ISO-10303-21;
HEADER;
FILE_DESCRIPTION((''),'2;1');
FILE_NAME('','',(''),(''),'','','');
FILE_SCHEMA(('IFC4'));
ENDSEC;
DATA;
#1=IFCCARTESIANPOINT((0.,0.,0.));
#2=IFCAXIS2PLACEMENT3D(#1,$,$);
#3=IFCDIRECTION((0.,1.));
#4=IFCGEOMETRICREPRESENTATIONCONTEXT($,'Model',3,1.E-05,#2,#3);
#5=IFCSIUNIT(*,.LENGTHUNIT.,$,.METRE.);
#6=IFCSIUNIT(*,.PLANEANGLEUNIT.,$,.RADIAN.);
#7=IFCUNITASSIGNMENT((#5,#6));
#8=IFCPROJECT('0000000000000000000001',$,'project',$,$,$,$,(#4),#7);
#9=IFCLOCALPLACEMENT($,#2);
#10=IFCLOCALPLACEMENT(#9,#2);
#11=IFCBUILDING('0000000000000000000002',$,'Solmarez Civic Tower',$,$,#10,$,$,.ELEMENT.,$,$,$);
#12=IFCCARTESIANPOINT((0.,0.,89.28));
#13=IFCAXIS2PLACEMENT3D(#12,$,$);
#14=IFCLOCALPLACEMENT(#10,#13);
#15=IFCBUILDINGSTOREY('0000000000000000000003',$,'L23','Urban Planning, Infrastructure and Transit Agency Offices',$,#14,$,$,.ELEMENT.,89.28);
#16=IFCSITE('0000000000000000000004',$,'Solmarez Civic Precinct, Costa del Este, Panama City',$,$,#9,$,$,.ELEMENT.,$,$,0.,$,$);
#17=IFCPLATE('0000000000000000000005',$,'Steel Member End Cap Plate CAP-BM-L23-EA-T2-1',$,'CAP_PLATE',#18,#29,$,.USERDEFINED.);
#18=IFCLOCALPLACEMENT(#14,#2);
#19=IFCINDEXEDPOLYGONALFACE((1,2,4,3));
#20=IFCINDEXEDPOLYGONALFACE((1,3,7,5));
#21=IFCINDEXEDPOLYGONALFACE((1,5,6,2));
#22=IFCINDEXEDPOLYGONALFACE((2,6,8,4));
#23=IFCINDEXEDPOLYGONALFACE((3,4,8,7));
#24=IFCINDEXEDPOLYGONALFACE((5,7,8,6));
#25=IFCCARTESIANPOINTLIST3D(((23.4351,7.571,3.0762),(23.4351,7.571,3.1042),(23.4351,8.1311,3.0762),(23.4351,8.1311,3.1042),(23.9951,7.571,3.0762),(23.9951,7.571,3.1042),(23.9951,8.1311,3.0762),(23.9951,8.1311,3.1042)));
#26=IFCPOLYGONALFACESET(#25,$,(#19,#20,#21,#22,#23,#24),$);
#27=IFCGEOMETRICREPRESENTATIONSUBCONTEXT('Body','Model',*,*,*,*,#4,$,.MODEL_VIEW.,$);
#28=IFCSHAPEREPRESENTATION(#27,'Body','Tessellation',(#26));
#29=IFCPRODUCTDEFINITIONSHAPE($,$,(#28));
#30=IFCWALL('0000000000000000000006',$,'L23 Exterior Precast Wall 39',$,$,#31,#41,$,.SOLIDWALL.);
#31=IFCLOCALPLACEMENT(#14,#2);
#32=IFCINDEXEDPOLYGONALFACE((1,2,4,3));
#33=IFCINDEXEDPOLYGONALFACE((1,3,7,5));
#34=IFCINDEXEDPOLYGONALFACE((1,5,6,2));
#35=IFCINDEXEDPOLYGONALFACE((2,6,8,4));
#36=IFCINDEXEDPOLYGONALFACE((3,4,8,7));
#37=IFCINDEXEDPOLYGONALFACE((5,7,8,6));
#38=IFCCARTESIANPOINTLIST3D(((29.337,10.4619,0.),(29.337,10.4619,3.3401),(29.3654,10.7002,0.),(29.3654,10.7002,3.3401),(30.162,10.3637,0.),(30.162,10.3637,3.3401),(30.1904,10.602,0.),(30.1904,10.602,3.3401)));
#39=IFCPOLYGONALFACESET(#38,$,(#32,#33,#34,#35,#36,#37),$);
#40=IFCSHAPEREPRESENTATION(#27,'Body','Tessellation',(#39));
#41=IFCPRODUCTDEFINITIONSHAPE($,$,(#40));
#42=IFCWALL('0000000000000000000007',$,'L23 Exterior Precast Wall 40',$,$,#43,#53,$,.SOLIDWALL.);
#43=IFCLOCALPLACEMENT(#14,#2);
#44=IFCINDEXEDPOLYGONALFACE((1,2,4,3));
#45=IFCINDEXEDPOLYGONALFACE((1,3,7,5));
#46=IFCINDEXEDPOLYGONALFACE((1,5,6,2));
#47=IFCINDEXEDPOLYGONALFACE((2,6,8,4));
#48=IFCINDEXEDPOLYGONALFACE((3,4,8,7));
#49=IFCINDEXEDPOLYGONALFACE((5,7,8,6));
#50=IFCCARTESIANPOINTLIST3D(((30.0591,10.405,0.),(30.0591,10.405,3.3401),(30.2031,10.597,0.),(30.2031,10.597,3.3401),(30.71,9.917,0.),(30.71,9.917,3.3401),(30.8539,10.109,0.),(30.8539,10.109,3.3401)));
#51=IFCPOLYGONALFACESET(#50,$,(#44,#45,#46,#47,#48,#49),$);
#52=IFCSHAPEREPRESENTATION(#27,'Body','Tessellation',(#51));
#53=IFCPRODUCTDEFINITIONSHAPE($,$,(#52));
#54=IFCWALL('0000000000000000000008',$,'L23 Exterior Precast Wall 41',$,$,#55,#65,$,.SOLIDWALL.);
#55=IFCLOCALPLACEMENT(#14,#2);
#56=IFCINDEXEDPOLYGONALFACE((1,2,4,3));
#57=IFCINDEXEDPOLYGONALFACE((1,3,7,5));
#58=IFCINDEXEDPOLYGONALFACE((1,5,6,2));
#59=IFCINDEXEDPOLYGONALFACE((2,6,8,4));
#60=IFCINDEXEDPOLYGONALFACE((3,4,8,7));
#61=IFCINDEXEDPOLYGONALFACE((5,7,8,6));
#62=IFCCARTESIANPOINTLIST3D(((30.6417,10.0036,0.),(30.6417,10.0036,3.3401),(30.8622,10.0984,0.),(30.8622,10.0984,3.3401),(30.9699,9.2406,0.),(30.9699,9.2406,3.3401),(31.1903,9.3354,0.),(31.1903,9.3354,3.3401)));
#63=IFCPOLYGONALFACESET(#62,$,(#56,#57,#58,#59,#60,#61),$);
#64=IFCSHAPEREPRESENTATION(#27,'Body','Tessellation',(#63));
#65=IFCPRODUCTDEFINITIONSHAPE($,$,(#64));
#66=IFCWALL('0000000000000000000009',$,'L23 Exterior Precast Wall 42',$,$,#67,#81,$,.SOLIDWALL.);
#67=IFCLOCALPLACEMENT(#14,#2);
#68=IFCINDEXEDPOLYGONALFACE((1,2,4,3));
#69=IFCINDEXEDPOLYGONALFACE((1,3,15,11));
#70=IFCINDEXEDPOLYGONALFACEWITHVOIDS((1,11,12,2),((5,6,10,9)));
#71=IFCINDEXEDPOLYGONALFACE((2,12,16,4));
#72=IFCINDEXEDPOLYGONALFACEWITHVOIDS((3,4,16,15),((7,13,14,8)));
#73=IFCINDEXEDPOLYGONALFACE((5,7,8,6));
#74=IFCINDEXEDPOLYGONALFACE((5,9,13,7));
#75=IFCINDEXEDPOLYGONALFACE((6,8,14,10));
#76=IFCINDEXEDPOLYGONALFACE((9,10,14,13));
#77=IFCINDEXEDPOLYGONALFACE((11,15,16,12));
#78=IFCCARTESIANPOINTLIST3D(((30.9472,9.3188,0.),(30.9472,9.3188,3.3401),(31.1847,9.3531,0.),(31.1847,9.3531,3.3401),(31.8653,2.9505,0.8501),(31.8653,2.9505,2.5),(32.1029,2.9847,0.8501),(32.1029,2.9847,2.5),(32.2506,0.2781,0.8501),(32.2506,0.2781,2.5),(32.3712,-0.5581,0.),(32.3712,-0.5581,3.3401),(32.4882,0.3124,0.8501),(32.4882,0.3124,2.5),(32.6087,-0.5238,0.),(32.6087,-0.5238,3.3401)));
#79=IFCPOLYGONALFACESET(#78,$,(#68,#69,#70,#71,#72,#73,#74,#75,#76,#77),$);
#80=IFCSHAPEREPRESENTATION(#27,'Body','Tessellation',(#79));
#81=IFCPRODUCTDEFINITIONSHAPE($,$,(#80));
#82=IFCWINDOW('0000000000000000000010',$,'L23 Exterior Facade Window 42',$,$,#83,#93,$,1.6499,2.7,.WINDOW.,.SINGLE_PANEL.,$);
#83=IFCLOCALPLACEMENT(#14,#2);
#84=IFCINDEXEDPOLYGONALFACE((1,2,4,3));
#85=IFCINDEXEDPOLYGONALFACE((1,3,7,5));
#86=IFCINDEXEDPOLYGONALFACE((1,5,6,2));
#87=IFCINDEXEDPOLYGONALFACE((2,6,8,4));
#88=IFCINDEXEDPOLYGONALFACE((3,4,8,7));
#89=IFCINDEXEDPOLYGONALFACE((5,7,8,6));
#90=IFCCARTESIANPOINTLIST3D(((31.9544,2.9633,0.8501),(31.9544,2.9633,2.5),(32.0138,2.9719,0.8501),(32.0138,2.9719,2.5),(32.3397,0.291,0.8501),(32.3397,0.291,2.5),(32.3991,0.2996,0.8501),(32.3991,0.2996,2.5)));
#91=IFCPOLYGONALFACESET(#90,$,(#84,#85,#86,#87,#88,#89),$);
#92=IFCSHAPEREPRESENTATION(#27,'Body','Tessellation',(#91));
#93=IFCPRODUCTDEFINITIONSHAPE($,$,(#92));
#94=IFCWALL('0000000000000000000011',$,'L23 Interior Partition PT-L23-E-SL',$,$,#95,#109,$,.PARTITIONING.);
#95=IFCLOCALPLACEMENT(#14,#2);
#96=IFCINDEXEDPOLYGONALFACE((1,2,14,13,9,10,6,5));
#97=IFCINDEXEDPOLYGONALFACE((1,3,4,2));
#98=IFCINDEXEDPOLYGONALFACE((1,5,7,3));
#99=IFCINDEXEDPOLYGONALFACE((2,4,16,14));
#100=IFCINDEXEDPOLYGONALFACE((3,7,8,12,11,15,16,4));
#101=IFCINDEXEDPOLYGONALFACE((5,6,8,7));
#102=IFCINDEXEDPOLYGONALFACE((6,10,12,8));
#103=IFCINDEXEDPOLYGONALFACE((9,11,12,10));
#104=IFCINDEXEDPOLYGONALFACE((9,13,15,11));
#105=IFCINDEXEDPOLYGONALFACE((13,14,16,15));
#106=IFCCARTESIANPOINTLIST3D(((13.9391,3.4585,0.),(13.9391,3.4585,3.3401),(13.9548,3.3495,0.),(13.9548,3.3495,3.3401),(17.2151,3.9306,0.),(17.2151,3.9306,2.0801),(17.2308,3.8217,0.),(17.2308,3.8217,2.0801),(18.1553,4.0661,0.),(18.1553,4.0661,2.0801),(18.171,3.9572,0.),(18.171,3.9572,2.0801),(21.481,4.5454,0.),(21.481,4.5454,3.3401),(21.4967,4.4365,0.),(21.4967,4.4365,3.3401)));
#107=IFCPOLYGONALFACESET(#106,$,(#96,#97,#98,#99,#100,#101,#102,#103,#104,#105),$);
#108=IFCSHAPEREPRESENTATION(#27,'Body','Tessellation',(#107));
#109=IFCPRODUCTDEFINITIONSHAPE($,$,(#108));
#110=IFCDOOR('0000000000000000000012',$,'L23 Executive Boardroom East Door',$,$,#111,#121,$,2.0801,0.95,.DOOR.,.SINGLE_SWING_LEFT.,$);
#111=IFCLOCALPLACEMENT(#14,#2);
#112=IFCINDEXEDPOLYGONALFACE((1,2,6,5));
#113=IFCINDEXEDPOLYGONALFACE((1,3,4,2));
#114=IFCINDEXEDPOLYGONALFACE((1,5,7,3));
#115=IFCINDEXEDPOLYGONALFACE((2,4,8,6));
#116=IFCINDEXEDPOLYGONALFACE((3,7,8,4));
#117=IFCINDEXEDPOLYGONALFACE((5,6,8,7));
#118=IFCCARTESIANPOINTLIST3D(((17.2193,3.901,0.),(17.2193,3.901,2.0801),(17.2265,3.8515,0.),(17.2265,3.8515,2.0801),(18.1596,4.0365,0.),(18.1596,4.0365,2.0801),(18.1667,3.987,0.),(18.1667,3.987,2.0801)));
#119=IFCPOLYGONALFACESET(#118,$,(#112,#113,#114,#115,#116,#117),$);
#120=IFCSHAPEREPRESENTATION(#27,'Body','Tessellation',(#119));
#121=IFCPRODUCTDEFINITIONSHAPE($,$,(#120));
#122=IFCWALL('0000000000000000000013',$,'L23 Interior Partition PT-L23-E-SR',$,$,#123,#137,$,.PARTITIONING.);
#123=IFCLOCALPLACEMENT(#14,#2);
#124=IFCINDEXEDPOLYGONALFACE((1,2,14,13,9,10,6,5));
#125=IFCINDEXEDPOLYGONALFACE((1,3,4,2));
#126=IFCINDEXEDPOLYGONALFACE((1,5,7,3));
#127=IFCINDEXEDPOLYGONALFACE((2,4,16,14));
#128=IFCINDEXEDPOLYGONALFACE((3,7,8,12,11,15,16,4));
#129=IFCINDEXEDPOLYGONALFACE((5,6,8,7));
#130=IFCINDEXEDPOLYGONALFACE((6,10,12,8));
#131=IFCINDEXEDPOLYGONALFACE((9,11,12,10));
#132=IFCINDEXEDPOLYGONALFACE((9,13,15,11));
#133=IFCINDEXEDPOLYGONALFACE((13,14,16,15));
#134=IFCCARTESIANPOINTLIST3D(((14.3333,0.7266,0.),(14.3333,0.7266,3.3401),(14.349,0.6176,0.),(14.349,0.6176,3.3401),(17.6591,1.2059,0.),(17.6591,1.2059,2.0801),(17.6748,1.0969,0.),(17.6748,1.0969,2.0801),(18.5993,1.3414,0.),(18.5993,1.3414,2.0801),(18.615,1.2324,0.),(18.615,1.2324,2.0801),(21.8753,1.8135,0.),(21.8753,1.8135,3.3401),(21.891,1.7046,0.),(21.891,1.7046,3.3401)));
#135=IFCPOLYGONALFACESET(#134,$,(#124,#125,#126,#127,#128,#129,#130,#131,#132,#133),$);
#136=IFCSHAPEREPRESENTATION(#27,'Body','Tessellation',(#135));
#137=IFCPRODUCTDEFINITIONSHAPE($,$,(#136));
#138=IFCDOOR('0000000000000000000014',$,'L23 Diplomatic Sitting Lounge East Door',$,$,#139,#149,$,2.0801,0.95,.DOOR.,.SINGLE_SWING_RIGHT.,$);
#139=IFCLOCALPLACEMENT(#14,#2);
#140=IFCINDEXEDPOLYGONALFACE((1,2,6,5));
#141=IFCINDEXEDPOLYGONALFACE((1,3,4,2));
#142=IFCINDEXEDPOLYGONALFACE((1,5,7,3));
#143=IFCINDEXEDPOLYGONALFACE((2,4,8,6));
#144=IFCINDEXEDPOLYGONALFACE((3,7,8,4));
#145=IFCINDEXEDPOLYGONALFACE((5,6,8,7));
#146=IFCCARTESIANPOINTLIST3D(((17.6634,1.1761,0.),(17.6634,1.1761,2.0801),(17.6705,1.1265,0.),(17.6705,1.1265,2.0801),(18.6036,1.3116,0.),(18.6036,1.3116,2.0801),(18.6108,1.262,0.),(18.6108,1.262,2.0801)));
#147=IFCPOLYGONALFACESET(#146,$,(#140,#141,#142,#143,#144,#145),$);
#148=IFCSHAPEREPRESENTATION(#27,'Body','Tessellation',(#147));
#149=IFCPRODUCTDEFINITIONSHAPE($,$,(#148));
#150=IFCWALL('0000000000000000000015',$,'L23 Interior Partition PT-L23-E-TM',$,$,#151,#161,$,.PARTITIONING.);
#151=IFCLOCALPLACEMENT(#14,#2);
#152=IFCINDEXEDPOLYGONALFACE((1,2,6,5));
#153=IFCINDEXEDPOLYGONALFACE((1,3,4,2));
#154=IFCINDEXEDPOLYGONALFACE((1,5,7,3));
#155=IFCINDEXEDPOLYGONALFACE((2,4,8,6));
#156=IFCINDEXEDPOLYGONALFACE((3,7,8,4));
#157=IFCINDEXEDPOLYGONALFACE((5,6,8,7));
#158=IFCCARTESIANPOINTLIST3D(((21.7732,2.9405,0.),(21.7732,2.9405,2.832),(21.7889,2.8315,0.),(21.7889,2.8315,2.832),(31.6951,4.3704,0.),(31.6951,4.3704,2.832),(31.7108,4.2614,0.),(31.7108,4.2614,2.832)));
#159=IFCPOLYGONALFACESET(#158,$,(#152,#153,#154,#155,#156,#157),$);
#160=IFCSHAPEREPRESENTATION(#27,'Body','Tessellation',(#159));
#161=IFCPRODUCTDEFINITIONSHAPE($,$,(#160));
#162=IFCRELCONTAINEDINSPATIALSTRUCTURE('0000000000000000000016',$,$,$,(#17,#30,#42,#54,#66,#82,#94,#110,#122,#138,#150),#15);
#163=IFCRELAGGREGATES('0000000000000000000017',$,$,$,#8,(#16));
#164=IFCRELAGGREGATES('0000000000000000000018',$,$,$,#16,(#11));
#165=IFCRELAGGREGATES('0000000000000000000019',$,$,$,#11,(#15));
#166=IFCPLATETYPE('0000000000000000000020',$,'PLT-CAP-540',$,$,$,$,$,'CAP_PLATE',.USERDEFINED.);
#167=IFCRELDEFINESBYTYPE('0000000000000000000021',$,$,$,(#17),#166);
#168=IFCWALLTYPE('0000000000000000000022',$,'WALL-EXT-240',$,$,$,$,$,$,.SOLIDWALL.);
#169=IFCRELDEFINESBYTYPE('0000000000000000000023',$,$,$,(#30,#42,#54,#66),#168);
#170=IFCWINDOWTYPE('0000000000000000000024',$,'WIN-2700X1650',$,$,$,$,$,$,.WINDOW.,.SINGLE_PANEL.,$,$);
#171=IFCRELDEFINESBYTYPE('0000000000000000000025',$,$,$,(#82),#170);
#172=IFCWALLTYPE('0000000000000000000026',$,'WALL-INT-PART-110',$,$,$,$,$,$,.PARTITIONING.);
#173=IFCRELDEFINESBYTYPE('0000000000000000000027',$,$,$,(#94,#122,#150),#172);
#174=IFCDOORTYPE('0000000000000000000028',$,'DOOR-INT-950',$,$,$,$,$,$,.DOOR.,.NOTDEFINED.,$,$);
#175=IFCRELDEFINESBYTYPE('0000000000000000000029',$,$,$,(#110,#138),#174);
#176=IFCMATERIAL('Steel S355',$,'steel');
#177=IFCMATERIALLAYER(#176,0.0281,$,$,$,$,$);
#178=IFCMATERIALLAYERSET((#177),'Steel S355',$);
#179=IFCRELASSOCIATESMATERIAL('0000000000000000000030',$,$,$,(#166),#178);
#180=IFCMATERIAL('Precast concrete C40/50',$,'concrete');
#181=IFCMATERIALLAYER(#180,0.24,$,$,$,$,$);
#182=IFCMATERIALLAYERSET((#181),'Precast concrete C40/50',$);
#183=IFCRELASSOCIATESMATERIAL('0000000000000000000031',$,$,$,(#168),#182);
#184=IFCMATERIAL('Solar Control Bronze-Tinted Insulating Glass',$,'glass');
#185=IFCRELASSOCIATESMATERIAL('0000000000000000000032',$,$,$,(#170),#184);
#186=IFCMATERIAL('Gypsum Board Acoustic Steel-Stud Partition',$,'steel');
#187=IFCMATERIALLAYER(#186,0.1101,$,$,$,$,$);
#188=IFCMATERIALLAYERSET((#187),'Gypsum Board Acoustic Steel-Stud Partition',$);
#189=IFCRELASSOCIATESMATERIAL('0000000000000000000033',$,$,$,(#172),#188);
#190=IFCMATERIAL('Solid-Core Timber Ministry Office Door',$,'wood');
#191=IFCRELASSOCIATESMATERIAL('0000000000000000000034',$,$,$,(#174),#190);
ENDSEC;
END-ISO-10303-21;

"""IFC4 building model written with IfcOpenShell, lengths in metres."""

from ifc_helpers import new_model, si_unit, direction, frame, frame_2d, origin, origin_2d, place, context, subcontext, project, spatial, rectangle, extrude, material, layer, layer_set, type_object, element, fill, save


model = new_model("IFC4")

# Units and contexts
model_context = context("Model", 3, precision=1e-05, world=origin(), true_north=direction((0.0, 1.0)))
body_context = subcontext(model_context, "Body", "Model", "MODEL_VIEW")
ifc_project = project(units=[si_unit("LENGTHUNIT", "METRE"), si_unit("PLANEANGLEUNIT", "RADIAN")], contexts=[model_context])

# Site, building, storey
site_placement = place(None, origin())
site = spatial("IfcSite", under=ifc_project, at=site_placement, Name="Solmarez Civic Precinct, Costa del Este, Panama City", CompositionType="ELEMENT", RefElevation=0.0)
building_placement = place(site_placement, origin())
building = spatial("IfcBuilding", under=site, at=building_placement, Name="Solmarez Civic Tower", CompositionType="ELEMENT")
storey_placement = place(building_placement, frame((0.0, 0.0, 89.28)))
storey = spatial("IfcBuildingStorey", under=building, at=storey_placement, Name="L23", Description="Urban Planning, Infrastructure and Transit Agency Offices", CompositionType="ELEMENT", Elevation=89.28)

# Shared definitions
ifc_material_1 = material(Name="Steel S355", Category="steel")

# Plate
ifc_layer_1 = layer(ifc_material_1, 0.0281)
ifc_layer_set_1 = layer_set([ifc_layer_1], Name="Steel S355")
plate_type_1 = type_object("IfcPlateType", Name="PLT-CAP-540", ElementType="CAP_PLATE", PredefinedType="USERDEFINED", material=ifc_layer_set_1)
plate_placement = place(storey_placement, frame((23.7151, 7.8511, 3.0762), z_axis=(0.0, 0.0, 1.0), x_axis=(1.0, 0.0, 0.0)))
element("IfcPlate", 1, at=plate_placement, inside=storey, type_object=plate_type_1, Name="Steel Member End Cap Plate CAP-BM-L23-EA-T2-1", ObjectType="CAP_PLATE", PredefinedType="USERDEFINED", context=body_context, shape_type="SweptSolid", body=[
    extrude(rectangle(XDim=0.5601, YDim=0.5601, at=origin_2d()), origin(), (0.0, 0.0, 1.0), 0.0281),
])

# Walls
ifc_material_2 = material(Name="Precast concrete C40/50", Category="concrete")
ifc_layer_2 = layer(ifc_material_2, 0.24)
ifc_layer_set_2 = layer_set([ifc_layer_2], Name="Precast concrete C40/50")
wall_type_1 = type_object("IfcWallType", Name="WALL-EXT-240", PredefinedType="SOLIDWALL", material=ifc_layer_set_2)
wall_1_placement = place(storey_placement, frame((29.3511, 10.5811, 0.0), z_axis=(0.0, 0.0, 1.0), x_axis=(0.992997, -0.118137, 0.0)))
element("IfcWall", 2, at=wall_1_placement, inside=storey, type_object=wall_type_1, Name="L23 Exterior Precast Wall 39", PredefinedType="SOLIDWALL", context=body_context, shape_type="SweptSolid", body=[
    extrude(rectangle(XDim=0.8308, YDim=0.24, at=frame_2d((0.4155, 0.0))), origin(), (0.0, 0.0, 1.0), 3.3401),
])
wall_2_placement = place(storey_placement, frame((30.1311, 10.501, 0.0), z_axis=(0.0, 0.0, 1.0), x_axis=(0.800072, -0.599904, 0.0)))
element("IfcWall", 3, at=wall_2_placement, inside=storey, type_object=wall_type_1, Name="L23 Exterior Precast Wall 40", PredefinedType="SOLIDWALL", context=body_context, shape_type="SweptSolid", body=[
    extrude(rectangle(XDim=0.8135, YDim=0.24, at=frame_2d((0.4067, 0.0))), origin(), (0.0, 0.0, 1.0), 3.3401),
])
wall_3_placement = place(storey_placement, frame((30.752, 10.051, 0.0), z_axis=(0.0, 0.0, 1.0), x_axis=(0.39509, -0.918643, 0.0)))
element("IfcWall", 4, at=wall_3_placement, inside=storey, type_object=wall_type_1, Name="L23 Exterior Precast Wall 41", PredefinedType="SOLIDWALL", context=body_context, shape_type="SweptSolid", body=[
    extrude(rectangle(XDim=0.8306, YDim=0.24, at=frame_2d((0.4153, 0.0))), origin(), (0.0, 0.0, 1.0), 3.3401),
])

# Wall, opening, window
wall_4_placement = place(storey_placement, frame((31.0659, 9.3359, 0.0), z_axis=(0.0, 0.0, 1.0), x_axis=(0.142706, -0.989765, 0.0)))
wall_4 = element("IfcWall", 5, at=wall_4_placement, inside=storey, type_object=wall_type_1, Name="L23 Exterior Precast Wall 42", PredefinedType="SOLIDWALL", context=body_context, shape_type="SweptSolid", body=[
    extrude(rectangle(XDim=9.979, YDim=0.24, at=frame_2d((4.9895, 0.0))), origin(), (0.0, 0.0, 1.0), 3.3401),
])
opening_1_placement = place(wall_4_placement, frame((6.4341, 0.0, 0.8501)))
opening_1 = element("IfcOpeningElement", 6, at=opening_1_placement, cuts=wall_4, PredefinedType="OPENING", context=body_context, shape_type="SweptSolid", body=[
    extrude(rectangle(XDim=2.7, YDim=1.6499, at=frame_2d((1.3501, 0.825))), frame((0.0, 0.1299, 0.0), z_axis=(0.0, -1.0, 0.0), x_axis=(1.0, 0.0, 0.0)), (0.0, 0.0, 1.0), 0.26),
])
ifc_material_3 = material(Name="Solar Control Bronze-Tinted Insulating Glass", Category="glass")
window_type = type_object("IfcWindowType", Name="WIN-2700X1650", PartitioningType="SINGLE_PANEL", PredefinedType="WINDOW", material=ifc_material_3)
window_placement = place(opening_1_placement, origin())
window = element("IfcWindow", 7, at=window_placement, inside=storey, type_object=window_type, Name="L23 Exterior Facade Window 42", OverallHeight=1.6499, OverallWidth=2.7, PartitioningType="SINGLE_PANEL", PredefinedType="WINDOW", context=body_context, shape_type="SweptSolid", body=[
    extrude(rectangle(XDim=2.7, YDim=1.6499, at=frame_2d((1.3501, 0.825))), frame((0.0, 0.03, 0.0), z_axis=(0.0, -1.0, 0.0), x_axis=(1.0, 0.0, 0.0)), (0.0, 0.0, 1.0), 0.0601),
])
fill(opening_1, window)

# Walls, openings, doors
ifc_material_4 = material(Name="Gypsum Board Acoustic Steel-Stud Partition", Category="steel")
ifc_layer_3 = layer(ifc_material_4, 0.1101)
ifc_layer_set_3 = layer_set([ifc_layer_3], Name="Gypsum Board Acoustic Steel-Stud Partition")
wall_type_2 = type_object("IfcWallType", Name="WALL-INT-PART-110", PredefinedType="PARTITIONING", material=ifc_layer_set_3)
wall_5_placement = place(storey_placement, frame((21.489, 4.491, 0.0), z_axis=(0.0, 0.0, 1.0), x_axis=(-0.989774, -0.142641, 0.0)))
wall_5 = element("IfcWall", 8, at=wall_5_placement, inside=storey, type_object=wall_type_2, Name="L23 Interior Partition PT-L23-E-SL", PredefinedType="PARTITIONING", context=body_context, shape_type="SweptSolid", body=[
    extrude(rectangle(XDim=7.6199, YDim=0.1101, at=frame_2d((3.8101, 0.0))), origin(), (0.0, 0.0, 1.0), 3.3401),
])
opening_2_placement = place(wall_5_placement, frame((3.3601, 0.0, 0.0)))
opening_2 = element("IfcOpeningElement", 9, at=opening_2_placement, cuts=wall_5, PredefinedType="OPENING", context=body_context, shape_type="SweptSolid", body=[
    extrude(rectangle(XDim=0.95, YDim=2.0801, at=frame_2d((0.4751, 1.04))), frame((0.0, 0.0649, 0.0), z_axis=(0.0, -1.0, 0.0), x_axis=(1.0, 0.0, 0.0)), (0.0, 0.0, 1.0), 0.1301),
])
ifc_material_5 = material(Name="Solid-Core Timber Ministry Office Door", Category="wood")
door_type_1 = type_object("IfcDoorType", Name="DOOR-INT-950", OperationType="NOTDEFINED", PredefinedType="DOOR", material=ifc_material_5)
door_1_placement = place(opening_2_placement, origin())
door_1 = element("IfcDoor", 10, at=door_1_placement, inside=storey, type_object=door_type_1, Name="L23 Executive Boardroom East Door", OperationType="SINGLE_SWING_LEFT", OverallHeight=2.0801, OverallWidth=0.95, PredefinedType="DOOR", context=body_context, shape_type="SweptSolid", body=[
    extrude(rectangle(XDim=0.95, YDim=2.0801, at=frame_2d((0.4751, 1.04))), frame((0.0, 0.0249, 0.0), z_axis=(0.0, -1.0, 0.0), x_axis=(1.0, 0.0, 0.0)), (0.0, 0.0, 1.0), 0.05),
])
fill(opening_2, door_1)
wall_6_placement = place(storey_placement, frame((14.3411, 0.6721, 0.0), z_axis=(0.0, 0.0, 1.0), x_axis=(0.989774, 0.142641, 0.0)))
wall_6 = element("IfcWall", 11, at=wall_6_placement, inside=storey, type_object=wall_type_2, Name="L23 Interior Partition PT-L23-E-SR", PredefinedType="PARTITIONING", context=body_context, shape_type="SweptSolid", body=[
    extrude(rectangle(XDim=7.6199, YDim=0.1101, at=frame_2d((3.8101, 0.0))), origin(), (0.0, 0.0, 1.0), 3.3401),
])
opening_3_placement = place(wall_6_placement, frame((3.3601, 0.0, 0.0)))
opening_3 = element("IfcOpeningElement", 12, at=opening_3_placement, cuts=wall_6, PredefinedType="OPENING", context=body_context, shape_type="SweptSolid", body=[
    extrude(rectangle(XDim=0.95, YDim=2.0801, at=frame_2d((0.4751, 1.04))), frame((0.0, 0.0649, 0.0), z_axis=(0.0, -1.0, 0.0), x_axis=(1.0, 0.0, 0.0)), (0.0, 0.0, 1.0), 0.1301),
])
door_2_placement = place(opening_3_placement, origin())
door_2 = element("IfcDoor", 13, at=door_2_placement, inside=storey, type_object=door_type_1, Name="L23 Diplomatic Sitting Lounge East Door", OperationType="SINGLE_SWING_RIGHT", OverallHeight=2.0801, OverallWidth=0.95, PredefinedType="DOOR", context=body_context, shape_type="SweptSolid", body=[
    extrude(rectangle(XDim=0.95, YDim=2.0801, at=frame_2d((0.4751, 1.04))), frame((0.0, 0.0249, 0.0), z_axis=(0.0, -1.0, 0.0), x_axis=(1.0, 0.0, 0.0)), (0.0, 0.0, 1.0), 0.05),
])
fill(opening_3, door_2)

# Wall
wall_7_placement = place(storey_placement, frame((21.781, 2.886, 0.0), z_axis=(0.0, 0.0, 1.0), x_axis=(0.989774, 0.142645, 0.0)))
element("IfcWall", 14, at=wall_7_placement, inside=storey, type_object=wall_type_2, Name="L23 Interior Partition PT-L23-E-TM", PredefinedType="PARTITIONING", context=body_context, shape_type="SweptSolid", body=[
    extrude(rectangle(XDim=10.0244, YDim=0.1101, at=frame_2d((5.0122, 0.0))), origin(), (0.0, 0.0, 1.0), 2.832),
])

save(model, "model.ifc")
